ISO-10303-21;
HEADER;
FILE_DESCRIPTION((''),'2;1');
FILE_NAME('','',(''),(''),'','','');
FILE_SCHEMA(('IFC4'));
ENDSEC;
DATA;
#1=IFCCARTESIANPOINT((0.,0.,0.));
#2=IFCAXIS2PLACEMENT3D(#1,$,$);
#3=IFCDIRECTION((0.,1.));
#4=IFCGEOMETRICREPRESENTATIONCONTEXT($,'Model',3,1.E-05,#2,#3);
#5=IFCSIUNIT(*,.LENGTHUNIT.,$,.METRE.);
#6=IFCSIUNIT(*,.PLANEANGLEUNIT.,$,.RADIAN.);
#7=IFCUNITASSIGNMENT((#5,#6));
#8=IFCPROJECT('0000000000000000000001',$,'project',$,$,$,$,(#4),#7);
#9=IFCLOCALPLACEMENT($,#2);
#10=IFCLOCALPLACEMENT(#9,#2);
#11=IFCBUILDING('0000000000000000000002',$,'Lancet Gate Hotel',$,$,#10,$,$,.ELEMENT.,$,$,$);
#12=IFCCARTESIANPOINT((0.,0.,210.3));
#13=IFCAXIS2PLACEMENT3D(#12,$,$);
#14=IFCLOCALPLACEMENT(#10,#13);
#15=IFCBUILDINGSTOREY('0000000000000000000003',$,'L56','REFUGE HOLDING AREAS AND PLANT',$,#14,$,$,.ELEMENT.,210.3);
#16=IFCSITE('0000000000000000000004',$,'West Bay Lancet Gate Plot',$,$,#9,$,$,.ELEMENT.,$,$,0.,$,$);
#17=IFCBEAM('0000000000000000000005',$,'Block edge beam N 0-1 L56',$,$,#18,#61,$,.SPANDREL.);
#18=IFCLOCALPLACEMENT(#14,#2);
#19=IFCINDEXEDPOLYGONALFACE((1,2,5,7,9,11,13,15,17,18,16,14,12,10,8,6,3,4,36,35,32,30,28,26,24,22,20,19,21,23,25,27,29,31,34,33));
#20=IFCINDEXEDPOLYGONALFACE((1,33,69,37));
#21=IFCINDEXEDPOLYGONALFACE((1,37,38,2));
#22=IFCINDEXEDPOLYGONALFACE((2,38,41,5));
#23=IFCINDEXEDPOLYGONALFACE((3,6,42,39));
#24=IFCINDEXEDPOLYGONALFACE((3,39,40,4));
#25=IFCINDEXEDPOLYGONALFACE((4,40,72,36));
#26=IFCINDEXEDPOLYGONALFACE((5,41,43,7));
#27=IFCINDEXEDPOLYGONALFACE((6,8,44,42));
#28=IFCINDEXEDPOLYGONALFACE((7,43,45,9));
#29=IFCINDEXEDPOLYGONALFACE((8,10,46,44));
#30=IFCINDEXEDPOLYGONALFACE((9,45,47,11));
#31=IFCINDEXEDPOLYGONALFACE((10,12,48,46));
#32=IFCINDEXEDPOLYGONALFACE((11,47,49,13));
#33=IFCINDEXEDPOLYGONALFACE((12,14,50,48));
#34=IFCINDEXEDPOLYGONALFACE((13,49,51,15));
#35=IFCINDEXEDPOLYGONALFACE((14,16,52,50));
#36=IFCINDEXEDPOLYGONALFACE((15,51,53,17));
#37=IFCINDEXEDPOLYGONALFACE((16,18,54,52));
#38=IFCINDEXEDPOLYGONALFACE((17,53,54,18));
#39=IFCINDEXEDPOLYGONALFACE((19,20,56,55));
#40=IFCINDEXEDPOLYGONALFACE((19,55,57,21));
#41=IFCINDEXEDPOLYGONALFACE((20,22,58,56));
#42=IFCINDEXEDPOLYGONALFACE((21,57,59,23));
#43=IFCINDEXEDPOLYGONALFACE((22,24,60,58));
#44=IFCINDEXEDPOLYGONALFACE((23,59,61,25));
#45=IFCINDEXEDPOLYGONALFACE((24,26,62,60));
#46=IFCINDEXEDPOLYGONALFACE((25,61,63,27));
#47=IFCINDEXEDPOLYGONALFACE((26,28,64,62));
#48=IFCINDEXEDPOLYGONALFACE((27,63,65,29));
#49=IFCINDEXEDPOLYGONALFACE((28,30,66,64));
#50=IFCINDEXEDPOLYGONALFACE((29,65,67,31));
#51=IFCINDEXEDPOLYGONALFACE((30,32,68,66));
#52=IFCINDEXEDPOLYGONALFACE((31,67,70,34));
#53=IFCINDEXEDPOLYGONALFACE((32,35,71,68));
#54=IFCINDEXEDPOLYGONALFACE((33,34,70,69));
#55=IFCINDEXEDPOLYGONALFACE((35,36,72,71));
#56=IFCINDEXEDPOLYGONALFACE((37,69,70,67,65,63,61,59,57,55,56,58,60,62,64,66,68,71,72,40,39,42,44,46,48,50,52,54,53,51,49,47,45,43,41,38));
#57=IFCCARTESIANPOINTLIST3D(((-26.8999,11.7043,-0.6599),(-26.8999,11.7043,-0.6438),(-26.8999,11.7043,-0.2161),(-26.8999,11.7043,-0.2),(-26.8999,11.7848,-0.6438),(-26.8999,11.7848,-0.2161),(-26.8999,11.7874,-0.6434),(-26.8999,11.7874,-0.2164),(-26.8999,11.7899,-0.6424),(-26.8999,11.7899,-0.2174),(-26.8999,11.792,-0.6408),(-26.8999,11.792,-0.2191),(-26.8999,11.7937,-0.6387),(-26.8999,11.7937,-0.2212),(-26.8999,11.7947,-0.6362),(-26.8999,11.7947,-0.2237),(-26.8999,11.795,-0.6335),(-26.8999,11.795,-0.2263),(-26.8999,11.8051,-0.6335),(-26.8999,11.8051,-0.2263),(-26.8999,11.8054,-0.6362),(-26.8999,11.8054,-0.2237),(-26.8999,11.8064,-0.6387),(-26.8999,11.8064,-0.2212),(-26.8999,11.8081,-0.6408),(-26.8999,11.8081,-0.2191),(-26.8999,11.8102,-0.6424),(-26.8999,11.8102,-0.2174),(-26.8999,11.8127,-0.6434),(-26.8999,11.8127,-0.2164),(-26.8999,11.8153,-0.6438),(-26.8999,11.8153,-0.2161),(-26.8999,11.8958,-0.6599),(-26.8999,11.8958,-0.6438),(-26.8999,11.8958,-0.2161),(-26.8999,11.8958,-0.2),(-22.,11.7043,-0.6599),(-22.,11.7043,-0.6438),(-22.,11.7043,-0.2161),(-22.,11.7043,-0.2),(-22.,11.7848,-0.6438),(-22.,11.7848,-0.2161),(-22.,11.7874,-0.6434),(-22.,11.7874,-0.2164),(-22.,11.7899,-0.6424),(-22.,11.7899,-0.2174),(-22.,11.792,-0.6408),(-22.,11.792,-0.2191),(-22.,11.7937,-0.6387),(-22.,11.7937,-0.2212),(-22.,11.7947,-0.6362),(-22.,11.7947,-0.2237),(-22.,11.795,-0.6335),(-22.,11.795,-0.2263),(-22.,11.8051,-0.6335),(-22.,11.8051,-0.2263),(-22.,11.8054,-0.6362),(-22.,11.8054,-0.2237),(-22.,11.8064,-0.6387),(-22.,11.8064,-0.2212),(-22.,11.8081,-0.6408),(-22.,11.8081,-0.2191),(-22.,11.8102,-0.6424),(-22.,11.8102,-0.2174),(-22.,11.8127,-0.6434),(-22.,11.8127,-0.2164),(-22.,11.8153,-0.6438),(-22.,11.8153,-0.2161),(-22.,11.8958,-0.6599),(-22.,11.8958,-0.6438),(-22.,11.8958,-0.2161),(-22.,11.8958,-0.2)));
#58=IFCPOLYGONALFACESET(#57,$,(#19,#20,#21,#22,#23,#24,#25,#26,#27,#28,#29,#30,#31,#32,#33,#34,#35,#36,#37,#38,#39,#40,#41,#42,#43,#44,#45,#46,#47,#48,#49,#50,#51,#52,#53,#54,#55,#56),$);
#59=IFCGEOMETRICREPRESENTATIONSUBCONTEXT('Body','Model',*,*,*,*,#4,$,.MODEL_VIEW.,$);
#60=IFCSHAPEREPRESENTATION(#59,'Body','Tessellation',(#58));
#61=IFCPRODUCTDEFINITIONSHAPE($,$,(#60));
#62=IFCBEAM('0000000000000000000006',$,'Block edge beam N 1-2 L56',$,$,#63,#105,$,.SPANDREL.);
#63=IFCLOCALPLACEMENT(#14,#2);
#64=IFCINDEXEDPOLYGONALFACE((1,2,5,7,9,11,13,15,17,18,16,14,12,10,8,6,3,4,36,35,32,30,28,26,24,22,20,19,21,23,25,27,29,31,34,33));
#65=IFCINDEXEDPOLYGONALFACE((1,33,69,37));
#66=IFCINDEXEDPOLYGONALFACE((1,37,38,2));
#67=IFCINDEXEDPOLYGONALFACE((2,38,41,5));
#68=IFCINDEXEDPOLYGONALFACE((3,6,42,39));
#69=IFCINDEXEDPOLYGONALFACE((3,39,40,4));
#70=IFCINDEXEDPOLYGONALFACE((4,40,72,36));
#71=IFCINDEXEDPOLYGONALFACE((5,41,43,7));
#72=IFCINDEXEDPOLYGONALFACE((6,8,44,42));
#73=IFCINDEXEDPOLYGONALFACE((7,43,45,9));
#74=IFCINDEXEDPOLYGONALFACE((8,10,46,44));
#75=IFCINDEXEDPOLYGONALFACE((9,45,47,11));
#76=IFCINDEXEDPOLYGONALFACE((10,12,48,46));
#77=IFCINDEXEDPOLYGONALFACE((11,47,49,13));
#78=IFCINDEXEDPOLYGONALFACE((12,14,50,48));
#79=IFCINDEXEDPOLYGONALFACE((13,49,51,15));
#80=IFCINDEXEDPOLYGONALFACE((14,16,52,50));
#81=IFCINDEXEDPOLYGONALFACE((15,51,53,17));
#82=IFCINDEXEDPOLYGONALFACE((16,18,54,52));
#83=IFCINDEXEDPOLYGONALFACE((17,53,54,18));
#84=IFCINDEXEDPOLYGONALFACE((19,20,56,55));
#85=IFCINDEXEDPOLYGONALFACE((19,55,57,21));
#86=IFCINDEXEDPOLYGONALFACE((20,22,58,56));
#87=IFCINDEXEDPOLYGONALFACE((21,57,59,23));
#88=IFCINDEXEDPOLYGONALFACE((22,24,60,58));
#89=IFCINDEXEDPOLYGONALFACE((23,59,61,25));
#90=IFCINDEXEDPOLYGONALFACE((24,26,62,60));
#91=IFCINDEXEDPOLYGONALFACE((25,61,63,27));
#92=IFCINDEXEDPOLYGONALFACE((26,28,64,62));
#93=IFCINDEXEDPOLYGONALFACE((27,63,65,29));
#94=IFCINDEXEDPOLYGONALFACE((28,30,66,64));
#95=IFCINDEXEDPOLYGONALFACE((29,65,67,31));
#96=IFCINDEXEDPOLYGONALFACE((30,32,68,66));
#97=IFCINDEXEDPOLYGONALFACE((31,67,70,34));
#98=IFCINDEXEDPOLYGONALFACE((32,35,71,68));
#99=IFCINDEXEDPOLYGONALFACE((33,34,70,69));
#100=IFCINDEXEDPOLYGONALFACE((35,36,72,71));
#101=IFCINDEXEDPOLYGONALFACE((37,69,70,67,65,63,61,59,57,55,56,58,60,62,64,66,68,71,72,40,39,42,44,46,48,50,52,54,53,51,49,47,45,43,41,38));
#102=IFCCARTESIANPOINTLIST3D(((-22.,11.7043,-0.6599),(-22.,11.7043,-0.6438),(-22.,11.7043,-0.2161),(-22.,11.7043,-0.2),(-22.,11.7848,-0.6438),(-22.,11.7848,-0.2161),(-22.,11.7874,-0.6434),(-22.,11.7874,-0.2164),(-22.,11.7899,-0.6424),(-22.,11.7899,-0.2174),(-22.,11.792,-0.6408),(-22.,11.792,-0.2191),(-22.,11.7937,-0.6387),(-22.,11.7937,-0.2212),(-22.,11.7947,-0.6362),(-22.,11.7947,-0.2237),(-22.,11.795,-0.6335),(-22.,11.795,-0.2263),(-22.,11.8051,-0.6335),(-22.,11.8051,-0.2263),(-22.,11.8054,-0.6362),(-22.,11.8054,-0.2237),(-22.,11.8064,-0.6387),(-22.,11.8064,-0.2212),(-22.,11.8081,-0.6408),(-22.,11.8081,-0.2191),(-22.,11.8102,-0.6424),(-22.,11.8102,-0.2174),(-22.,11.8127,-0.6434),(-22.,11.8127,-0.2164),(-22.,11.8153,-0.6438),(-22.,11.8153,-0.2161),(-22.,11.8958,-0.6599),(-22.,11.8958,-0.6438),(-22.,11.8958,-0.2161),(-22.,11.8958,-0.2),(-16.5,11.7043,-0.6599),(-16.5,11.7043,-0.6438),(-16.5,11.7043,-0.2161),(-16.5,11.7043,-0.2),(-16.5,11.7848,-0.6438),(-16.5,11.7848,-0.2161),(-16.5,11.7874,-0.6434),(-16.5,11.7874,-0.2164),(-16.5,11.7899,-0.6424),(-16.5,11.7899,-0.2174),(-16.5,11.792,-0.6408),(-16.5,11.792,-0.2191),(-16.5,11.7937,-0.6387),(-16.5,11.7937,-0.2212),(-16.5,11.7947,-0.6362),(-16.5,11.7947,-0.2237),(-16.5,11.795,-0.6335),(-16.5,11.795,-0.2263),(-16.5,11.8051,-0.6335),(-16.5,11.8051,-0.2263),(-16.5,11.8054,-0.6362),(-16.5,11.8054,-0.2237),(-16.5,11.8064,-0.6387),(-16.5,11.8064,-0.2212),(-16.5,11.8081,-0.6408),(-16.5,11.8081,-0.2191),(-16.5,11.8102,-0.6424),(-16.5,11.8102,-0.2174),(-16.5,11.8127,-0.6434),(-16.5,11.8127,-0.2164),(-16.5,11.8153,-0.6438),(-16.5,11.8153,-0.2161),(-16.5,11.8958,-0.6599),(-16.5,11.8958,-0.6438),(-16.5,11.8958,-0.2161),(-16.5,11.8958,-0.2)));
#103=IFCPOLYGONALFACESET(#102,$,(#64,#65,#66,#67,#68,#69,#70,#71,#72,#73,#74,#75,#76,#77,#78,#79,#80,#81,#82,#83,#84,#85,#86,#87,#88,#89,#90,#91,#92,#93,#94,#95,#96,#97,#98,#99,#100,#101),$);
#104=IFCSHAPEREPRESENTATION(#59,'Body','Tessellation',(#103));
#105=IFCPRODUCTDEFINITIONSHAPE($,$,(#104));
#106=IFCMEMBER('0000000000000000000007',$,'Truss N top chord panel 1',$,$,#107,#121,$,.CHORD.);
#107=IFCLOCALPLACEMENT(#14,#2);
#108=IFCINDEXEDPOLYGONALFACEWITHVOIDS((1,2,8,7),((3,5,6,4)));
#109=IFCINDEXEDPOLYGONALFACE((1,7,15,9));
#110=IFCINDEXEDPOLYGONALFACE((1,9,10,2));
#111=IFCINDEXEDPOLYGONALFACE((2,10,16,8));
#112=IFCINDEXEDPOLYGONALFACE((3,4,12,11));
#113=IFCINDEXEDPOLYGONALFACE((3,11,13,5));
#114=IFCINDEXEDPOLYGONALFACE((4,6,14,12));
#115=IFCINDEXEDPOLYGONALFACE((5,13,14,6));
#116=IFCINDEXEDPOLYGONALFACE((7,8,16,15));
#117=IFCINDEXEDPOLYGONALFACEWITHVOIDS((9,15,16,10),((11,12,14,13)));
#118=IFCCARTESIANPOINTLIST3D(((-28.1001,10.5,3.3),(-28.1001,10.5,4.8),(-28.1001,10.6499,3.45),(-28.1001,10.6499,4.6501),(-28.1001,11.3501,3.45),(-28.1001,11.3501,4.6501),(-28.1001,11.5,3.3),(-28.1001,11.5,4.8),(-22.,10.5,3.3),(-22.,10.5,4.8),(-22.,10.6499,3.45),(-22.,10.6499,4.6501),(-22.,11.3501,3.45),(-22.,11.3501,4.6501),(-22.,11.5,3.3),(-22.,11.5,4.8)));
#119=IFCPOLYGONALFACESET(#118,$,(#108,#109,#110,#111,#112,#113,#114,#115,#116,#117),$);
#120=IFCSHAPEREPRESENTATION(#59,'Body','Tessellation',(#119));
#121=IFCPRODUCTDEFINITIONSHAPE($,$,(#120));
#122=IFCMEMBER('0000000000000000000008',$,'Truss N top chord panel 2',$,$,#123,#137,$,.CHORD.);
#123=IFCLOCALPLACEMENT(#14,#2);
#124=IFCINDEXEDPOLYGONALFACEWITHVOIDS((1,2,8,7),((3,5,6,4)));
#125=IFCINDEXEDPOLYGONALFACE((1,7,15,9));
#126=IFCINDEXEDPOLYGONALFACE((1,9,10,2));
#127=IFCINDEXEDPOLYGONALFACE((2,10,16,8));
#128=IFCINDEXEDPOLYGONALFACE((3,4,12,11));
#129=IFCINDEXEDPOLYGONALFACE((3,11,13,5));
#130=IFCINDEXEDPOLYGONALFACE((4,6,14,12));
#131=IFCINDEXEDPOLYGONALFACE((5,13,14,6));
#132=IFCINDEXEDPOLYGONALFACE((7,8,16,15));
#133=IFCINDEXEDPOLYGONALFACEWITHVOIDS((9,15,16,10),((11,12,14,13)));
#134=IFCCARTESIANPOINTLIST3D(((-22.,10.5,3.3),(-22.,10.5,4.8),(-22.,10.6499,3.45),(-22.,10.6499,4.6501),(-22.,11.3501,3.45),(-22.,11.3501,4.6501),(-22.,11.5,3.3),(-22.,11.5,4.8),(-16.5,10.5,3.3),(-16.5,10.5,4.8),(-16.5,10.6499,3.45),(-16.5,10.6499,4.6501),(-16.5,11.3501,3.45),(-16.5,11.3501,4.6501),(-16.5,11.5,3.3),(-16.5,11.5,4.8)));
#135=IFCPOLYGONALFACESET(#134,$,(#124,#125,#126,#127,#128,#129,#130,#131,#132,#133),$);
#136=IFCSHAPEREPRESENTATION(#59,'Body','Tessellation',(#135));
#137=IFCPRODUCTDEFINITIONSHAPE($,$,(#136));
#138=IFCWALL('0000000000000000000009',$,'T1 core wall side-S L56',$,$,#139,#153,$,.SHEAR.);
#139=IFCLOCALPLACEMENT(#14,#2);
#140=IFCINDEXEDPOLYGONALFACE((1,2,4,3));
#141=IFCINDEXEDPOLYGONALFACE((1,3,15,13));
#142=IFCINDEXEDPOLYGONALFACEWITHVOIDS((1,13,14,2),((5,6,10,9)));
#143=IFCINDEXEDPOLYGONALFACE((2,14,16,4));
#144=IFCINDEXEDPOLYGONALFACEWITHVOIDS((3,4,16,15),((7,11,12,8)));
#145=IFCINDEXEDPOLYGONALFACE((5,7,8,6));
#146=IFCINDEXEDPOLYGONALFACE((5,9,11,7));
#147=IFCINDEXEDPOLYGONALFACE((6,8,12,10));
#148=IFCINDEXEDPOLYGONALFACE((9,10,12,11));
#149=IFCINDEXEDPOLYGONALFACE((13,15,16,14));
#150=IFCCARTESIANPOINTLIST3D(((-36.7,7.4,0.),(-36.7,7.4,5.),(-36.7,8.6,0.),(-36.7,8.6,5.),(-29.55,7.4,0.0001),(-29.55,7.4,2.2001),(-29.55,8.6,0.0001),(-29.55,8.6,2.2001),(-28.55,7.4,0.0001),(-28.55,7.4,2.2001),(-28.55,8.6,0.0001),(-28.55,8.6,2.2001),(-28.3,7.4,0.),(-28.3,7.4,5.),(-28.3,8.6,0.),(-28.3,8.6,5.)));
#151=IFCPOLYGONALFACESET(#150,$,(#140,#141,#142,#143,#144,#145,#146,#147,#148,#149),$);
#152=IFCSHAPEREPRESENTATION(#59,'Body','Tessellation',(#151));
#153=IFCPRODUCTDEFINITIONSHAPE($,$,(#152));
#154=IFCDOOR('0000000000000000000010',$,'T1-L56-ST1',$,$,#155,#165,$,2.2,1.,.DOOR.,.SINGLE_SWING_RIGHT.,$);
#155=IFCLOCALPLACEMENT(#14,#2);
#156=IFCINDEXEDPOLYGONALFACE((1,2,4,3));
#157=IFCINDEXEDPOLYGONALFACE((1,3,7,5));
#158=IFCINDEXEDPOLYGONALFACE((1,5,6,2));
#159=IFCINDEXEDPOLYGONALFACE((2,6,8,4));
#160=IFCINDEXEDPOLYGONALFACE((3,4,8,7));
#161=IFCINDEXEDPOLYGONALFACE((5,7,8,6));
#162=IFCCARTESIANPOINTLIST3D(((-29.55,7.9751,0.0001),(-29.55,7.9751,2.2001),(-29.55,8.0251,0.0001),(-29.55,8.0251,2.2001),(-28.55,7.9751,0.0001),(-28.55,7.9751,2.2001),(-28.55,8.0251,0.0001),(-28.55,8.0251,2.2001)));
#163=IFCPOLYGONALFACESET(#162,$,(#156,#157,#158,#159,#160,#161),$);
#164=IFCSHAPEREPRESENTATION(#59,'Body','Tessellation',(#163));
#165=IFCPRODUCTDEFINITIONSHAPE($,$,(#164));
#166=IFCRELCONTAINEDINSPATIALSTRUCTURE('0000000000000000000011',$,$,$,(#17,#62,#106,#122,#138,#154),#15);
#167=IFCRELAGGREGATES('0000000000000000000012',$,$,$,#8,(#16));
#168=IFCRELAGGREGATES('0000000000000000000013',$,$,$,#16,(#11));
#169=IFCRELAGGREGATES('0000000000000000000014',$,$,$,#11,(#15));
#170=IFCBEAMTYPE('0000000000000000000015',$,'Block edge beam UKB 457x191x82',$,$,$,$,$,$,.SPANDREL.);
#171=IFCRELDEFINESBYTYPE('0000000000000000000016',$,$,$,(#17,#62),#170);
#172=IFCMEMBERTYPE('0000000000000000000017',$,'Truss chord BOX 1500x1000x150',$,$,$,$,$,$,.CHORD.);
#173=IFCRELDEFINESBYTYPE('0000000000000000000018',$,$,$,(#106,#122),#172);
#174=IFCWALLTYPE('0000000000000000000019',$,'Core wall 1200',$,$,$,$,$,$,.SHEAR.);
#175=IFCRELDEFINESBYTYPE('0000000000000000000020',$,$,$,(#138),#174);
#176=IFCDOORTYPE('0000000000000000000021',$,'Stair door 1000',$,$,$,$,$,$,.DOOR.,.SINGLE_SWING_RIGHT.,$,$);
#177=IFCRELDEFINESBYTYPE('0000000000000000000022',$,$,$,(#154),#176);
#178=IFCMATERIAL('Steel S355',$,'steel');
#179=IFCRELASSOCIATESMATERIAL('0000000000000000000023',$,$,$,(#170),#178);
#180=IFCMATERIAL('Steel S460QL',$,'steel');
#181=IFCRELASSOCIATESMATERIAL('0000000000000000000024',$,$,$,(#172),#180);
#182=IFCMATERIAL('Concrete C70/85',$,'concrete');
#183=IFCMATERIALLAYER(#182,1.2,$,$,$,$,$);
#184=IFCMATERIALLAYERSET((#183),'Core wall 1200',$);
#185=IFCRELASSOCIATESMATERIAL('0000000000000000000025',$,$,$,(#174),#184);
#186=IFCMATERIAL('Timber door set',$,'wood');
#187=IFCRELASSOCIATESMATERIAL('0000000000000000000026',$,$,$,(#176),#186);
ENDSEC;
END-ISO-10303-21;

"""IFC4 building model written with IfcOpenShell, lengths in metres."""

from ifc_helpers import new_model, si_unit, direction, frame, frame_2d, origin, origin_2d, place, context, subcontext, project, spatial, rectangle, hollow_rectangle, i_section, extrude, material, layer, layer_set, material_profile, profile_set, type_object, element, fill, save


model = new_model("IFC4")

# Units and contexts
model_context = context("Model", 3, precision=1e-05, world=origin(), true_north=direction((0.0, 1.0)))
body_context = subcontext(model_context, "Body", "Model", "MODEL_VIEW")
ifc_project = project(units=[si_unit("LENGTHUNIT", "METRE"), si_unit("PLANEANGLEUNIT", "RADIAN")], contexts=[model_context])

# Site, building, storey
site_placement = place(None, origin())
site = spatial("IfcSite", under=ifc_project, at=site_placement, Name="West Bay Lancet Gate Plot", CompositionType="ELEMENT", RefElevation=0.0)
building_placement = place(site_placement, origin())
building = spatial("IfcBuilding", under=site, at=building_placement, Name="Lancet Gate Hotel", CompositionType="ELEMENT")
storey_placement = place(building_placement, frame((0.0, 0.0, 210.3)))
storey = spatial("IfcBuildingStorey", under=building, at=storey_placement, Name="L56", Description="REFUGE HOLDING AREAS AND PLANT", CompositionType="ELEMENT", Elevation=210.3)

# Beams
ifc_material_1 = material(Name="Steel S355", Category="steel")
ifc_material_profile_1 = material_profile(ifc_material_1, i_section(OverallWidth=0.1914, OverallDepth=0.46, WebThickness=0.01, FlangeThickness=0.0161, FilletRadius=0.0103, at=origin_2d()), Name="UKB 457x191x82")
ifc_profile_set_1 = profile_set([ifc_material_profile_1], Name="Steel S355")
beam_type = type_object("IfcBeamType", Name="Block edge beam UKB 457x191x82", PredefinedType="SPANDREL", material=ifc_profile_set_1)
beam_1_placement = place(storey_placement, frame((-26.8999, 11.8, -0.4299), z_axis=(1.0, 0.0, 0.0), x_axis=(0.0, 1.0, 0.0)))
element("IfcBeam", 1, at=beam_1_placement, inside=storey, type_object=beam_type, Name="Block edge beam N 0-1 L56", PredefinedType="SPANDREL", context=body_context, shape_type="SweptSolid", body=[
    extrude(i_section(OverallWidth=0.1914, OverallDepth=0.46, WebThickness=0.01, FlangeThickness=0.0161, FilletRadius=0.0103, at=origin_2d()), origin(), (0.0, 0.0, 1.0), 4.8999),
])
beam_2_placement = place(storey_placement, frame((-22.0, 11.8, -0.4299), z_axis=(1.0, 0.0, 0.0), x_axis=(0.0, 1.0, 0.0)))
element("IfcBeam", 2, at=beam_2_placement, inside=storey, type_object=beam_type, Name="Block edge beam N 1-2 L56", PredefinedType="SPANDREL", context=body_context, shape_type="SweptSolid", body=[
    extrude(i_section(OverallWidth=0.1914, OverallDepth=0.46, WebThickness=0.01, FlangeThickness=0.0161, FilletRadius=0.0103, at=origin_2d()), origin(), (0.0, 0.0, 1.0), 5.5),
])

# Members
ifc_material_2 = material(Name="Steel S460QL", Category="steel")
ifc_material_profile_2 = material_profile(ifc_material_2, hollow_rectangle(XDim=1.0, YDim=1.5, WallThickness=0.1499, at=origin_2d()), Name="BOX 1500x1000x150")
ifc_profile_set_2 = profile_set([ifc_material_profile_2], Name="Steel S460QL")
member_type_1 = type_object("IfcMemberType", Name="Truss chord BOX 1500x1000x150", PredefinedType="CHORD", material=ifc_profile_set_2)
member_1_placement = place(storey_placement, frame((-28.1001, 11.0, 4.05), z_axis=(1.0, 0.0, 0.0), x_axis=(0.0, 1.0, 0.0)))
element("IfcMember", 3, at=member_1_placement, inside=storey, type_object=member_type_1, Name="Truss N top chord panel 1", PredefinedType="CHORD", context=body_context, shape_type="SweptSolid", body=[
    extrude(hollow_rectangle(XDim=1.0, YDim=1.5, WallThickness=0.1499, at=origin_2d()), origin(), (0.0, 0.0, 1.0), 6.1001),
])
member_2_placement = place(storey_placement, frame((-22.0, 11.0, 4.05), z_axis=(1.0, 0.0, 0.0), x_axis=(0.0, 1.0, 0.0)))
element("IfcMember", 4, at=member_2_placement, inside=storey, type_object=member_type_1, Name="Truss N top chord panel 2", PredefinedType="CHORD", context=body_context, shape_type="SweptSolid", body=[
    extrude(hollow_rectangle(XDim=1.0, YDim=1.5, WallThickness=0.1499, at=origin_2d()), origin(), (0.0, 0.0, 1.0), 5.5),
])

# Wall, opening, door
ifc_material_3 = material(Name="Concrete C70/85", Category="concrete")
ifc_layer_1 = layer(ifc_material_3, 1.2)
ifc_layer_set_1 = layer_set([ifc_layer_1], Name="Core wall 1200")
wall_type_1 = type_object("IfcWallType", Name="Core wall 1200", PredefinedType="SHEAR", material=ifc_layer_set_1)
wall_1_placement = place(storey_placement, frame((-28.3, 8.0, 0.0), z_axis=(0.0, 0.0, 1.0), x_axis=(-1.0, 0.0, 0.0)))
wall_1 = element("IfcWall", 5, at=wall_1_placement, inside=storey, type_object=wall_type_1, Name="T1 core wall side-S L56", PredefinedType="SHEAR", context=body_context, shape_type="SweptSolid", body=[
    extrude(rectangle(XDim=8.3999, YDim=1.2, at=frame_2d((4.2, 0.0))), origin(), (0.0, 0.0, 1.0), 5.0),
])
opening_1_placement = place(wall_1_placement, frame((0.25, 0.0, 0.0)))
opening_1 = element("IfcOpeningElement", 6, at=opening_1_placement, cuts=wall_1, PredefinedType="OPENING", context=body_context, shape_type="SweptSolid", body=[
    extrude(rectangle(XDim=1.0, YDim=2.2, at=frame_2d((0.5, 1.1001))), frame((0.0, 0.6099, 0.0), z_axis=(0.0, -1.0, 0.0), x_axis=(1.0, 0.0, 0.0)), (0.0, 0.0, 1.0), 1.22),
])
ifc_material_4 = material(Name="Timber door set", Category="wood")
door_type_1 = type_object("IfcDoorType", Name="Stair door 1000", OperationType="SINGLE_SWING_RIGHT", PredefinedType="DOOR", material=ifc_material_4)
door_1_placement = place(opening_1_placement, origin())
door_1 = element("IfcDoor", 7, at=door_1_placement, inside=storey, type_object=door_type_1, Name="T1-L56-ST1", OperationType="SINGLE_SWING_RIGHT", OverallHeight=2.2, OverallWidth=1.0, PredefinedType="DOOR", context=body_context, shape_type="SweptSolid", body=[
    extrude(rectangle(XDim=1.0, YDim=2.2, at=frame_2d((0.5, 1.1001))), frame((0.0, 0.0249, 0.0), z_axis=(0.0, -1.0, 0.0), x_axis=(1.0, 0.0, 0.0)), (0.0, 0.0, 1.0), 0.05),
])
fill(opening_1, door_1)

save(model, "model.ifc")
